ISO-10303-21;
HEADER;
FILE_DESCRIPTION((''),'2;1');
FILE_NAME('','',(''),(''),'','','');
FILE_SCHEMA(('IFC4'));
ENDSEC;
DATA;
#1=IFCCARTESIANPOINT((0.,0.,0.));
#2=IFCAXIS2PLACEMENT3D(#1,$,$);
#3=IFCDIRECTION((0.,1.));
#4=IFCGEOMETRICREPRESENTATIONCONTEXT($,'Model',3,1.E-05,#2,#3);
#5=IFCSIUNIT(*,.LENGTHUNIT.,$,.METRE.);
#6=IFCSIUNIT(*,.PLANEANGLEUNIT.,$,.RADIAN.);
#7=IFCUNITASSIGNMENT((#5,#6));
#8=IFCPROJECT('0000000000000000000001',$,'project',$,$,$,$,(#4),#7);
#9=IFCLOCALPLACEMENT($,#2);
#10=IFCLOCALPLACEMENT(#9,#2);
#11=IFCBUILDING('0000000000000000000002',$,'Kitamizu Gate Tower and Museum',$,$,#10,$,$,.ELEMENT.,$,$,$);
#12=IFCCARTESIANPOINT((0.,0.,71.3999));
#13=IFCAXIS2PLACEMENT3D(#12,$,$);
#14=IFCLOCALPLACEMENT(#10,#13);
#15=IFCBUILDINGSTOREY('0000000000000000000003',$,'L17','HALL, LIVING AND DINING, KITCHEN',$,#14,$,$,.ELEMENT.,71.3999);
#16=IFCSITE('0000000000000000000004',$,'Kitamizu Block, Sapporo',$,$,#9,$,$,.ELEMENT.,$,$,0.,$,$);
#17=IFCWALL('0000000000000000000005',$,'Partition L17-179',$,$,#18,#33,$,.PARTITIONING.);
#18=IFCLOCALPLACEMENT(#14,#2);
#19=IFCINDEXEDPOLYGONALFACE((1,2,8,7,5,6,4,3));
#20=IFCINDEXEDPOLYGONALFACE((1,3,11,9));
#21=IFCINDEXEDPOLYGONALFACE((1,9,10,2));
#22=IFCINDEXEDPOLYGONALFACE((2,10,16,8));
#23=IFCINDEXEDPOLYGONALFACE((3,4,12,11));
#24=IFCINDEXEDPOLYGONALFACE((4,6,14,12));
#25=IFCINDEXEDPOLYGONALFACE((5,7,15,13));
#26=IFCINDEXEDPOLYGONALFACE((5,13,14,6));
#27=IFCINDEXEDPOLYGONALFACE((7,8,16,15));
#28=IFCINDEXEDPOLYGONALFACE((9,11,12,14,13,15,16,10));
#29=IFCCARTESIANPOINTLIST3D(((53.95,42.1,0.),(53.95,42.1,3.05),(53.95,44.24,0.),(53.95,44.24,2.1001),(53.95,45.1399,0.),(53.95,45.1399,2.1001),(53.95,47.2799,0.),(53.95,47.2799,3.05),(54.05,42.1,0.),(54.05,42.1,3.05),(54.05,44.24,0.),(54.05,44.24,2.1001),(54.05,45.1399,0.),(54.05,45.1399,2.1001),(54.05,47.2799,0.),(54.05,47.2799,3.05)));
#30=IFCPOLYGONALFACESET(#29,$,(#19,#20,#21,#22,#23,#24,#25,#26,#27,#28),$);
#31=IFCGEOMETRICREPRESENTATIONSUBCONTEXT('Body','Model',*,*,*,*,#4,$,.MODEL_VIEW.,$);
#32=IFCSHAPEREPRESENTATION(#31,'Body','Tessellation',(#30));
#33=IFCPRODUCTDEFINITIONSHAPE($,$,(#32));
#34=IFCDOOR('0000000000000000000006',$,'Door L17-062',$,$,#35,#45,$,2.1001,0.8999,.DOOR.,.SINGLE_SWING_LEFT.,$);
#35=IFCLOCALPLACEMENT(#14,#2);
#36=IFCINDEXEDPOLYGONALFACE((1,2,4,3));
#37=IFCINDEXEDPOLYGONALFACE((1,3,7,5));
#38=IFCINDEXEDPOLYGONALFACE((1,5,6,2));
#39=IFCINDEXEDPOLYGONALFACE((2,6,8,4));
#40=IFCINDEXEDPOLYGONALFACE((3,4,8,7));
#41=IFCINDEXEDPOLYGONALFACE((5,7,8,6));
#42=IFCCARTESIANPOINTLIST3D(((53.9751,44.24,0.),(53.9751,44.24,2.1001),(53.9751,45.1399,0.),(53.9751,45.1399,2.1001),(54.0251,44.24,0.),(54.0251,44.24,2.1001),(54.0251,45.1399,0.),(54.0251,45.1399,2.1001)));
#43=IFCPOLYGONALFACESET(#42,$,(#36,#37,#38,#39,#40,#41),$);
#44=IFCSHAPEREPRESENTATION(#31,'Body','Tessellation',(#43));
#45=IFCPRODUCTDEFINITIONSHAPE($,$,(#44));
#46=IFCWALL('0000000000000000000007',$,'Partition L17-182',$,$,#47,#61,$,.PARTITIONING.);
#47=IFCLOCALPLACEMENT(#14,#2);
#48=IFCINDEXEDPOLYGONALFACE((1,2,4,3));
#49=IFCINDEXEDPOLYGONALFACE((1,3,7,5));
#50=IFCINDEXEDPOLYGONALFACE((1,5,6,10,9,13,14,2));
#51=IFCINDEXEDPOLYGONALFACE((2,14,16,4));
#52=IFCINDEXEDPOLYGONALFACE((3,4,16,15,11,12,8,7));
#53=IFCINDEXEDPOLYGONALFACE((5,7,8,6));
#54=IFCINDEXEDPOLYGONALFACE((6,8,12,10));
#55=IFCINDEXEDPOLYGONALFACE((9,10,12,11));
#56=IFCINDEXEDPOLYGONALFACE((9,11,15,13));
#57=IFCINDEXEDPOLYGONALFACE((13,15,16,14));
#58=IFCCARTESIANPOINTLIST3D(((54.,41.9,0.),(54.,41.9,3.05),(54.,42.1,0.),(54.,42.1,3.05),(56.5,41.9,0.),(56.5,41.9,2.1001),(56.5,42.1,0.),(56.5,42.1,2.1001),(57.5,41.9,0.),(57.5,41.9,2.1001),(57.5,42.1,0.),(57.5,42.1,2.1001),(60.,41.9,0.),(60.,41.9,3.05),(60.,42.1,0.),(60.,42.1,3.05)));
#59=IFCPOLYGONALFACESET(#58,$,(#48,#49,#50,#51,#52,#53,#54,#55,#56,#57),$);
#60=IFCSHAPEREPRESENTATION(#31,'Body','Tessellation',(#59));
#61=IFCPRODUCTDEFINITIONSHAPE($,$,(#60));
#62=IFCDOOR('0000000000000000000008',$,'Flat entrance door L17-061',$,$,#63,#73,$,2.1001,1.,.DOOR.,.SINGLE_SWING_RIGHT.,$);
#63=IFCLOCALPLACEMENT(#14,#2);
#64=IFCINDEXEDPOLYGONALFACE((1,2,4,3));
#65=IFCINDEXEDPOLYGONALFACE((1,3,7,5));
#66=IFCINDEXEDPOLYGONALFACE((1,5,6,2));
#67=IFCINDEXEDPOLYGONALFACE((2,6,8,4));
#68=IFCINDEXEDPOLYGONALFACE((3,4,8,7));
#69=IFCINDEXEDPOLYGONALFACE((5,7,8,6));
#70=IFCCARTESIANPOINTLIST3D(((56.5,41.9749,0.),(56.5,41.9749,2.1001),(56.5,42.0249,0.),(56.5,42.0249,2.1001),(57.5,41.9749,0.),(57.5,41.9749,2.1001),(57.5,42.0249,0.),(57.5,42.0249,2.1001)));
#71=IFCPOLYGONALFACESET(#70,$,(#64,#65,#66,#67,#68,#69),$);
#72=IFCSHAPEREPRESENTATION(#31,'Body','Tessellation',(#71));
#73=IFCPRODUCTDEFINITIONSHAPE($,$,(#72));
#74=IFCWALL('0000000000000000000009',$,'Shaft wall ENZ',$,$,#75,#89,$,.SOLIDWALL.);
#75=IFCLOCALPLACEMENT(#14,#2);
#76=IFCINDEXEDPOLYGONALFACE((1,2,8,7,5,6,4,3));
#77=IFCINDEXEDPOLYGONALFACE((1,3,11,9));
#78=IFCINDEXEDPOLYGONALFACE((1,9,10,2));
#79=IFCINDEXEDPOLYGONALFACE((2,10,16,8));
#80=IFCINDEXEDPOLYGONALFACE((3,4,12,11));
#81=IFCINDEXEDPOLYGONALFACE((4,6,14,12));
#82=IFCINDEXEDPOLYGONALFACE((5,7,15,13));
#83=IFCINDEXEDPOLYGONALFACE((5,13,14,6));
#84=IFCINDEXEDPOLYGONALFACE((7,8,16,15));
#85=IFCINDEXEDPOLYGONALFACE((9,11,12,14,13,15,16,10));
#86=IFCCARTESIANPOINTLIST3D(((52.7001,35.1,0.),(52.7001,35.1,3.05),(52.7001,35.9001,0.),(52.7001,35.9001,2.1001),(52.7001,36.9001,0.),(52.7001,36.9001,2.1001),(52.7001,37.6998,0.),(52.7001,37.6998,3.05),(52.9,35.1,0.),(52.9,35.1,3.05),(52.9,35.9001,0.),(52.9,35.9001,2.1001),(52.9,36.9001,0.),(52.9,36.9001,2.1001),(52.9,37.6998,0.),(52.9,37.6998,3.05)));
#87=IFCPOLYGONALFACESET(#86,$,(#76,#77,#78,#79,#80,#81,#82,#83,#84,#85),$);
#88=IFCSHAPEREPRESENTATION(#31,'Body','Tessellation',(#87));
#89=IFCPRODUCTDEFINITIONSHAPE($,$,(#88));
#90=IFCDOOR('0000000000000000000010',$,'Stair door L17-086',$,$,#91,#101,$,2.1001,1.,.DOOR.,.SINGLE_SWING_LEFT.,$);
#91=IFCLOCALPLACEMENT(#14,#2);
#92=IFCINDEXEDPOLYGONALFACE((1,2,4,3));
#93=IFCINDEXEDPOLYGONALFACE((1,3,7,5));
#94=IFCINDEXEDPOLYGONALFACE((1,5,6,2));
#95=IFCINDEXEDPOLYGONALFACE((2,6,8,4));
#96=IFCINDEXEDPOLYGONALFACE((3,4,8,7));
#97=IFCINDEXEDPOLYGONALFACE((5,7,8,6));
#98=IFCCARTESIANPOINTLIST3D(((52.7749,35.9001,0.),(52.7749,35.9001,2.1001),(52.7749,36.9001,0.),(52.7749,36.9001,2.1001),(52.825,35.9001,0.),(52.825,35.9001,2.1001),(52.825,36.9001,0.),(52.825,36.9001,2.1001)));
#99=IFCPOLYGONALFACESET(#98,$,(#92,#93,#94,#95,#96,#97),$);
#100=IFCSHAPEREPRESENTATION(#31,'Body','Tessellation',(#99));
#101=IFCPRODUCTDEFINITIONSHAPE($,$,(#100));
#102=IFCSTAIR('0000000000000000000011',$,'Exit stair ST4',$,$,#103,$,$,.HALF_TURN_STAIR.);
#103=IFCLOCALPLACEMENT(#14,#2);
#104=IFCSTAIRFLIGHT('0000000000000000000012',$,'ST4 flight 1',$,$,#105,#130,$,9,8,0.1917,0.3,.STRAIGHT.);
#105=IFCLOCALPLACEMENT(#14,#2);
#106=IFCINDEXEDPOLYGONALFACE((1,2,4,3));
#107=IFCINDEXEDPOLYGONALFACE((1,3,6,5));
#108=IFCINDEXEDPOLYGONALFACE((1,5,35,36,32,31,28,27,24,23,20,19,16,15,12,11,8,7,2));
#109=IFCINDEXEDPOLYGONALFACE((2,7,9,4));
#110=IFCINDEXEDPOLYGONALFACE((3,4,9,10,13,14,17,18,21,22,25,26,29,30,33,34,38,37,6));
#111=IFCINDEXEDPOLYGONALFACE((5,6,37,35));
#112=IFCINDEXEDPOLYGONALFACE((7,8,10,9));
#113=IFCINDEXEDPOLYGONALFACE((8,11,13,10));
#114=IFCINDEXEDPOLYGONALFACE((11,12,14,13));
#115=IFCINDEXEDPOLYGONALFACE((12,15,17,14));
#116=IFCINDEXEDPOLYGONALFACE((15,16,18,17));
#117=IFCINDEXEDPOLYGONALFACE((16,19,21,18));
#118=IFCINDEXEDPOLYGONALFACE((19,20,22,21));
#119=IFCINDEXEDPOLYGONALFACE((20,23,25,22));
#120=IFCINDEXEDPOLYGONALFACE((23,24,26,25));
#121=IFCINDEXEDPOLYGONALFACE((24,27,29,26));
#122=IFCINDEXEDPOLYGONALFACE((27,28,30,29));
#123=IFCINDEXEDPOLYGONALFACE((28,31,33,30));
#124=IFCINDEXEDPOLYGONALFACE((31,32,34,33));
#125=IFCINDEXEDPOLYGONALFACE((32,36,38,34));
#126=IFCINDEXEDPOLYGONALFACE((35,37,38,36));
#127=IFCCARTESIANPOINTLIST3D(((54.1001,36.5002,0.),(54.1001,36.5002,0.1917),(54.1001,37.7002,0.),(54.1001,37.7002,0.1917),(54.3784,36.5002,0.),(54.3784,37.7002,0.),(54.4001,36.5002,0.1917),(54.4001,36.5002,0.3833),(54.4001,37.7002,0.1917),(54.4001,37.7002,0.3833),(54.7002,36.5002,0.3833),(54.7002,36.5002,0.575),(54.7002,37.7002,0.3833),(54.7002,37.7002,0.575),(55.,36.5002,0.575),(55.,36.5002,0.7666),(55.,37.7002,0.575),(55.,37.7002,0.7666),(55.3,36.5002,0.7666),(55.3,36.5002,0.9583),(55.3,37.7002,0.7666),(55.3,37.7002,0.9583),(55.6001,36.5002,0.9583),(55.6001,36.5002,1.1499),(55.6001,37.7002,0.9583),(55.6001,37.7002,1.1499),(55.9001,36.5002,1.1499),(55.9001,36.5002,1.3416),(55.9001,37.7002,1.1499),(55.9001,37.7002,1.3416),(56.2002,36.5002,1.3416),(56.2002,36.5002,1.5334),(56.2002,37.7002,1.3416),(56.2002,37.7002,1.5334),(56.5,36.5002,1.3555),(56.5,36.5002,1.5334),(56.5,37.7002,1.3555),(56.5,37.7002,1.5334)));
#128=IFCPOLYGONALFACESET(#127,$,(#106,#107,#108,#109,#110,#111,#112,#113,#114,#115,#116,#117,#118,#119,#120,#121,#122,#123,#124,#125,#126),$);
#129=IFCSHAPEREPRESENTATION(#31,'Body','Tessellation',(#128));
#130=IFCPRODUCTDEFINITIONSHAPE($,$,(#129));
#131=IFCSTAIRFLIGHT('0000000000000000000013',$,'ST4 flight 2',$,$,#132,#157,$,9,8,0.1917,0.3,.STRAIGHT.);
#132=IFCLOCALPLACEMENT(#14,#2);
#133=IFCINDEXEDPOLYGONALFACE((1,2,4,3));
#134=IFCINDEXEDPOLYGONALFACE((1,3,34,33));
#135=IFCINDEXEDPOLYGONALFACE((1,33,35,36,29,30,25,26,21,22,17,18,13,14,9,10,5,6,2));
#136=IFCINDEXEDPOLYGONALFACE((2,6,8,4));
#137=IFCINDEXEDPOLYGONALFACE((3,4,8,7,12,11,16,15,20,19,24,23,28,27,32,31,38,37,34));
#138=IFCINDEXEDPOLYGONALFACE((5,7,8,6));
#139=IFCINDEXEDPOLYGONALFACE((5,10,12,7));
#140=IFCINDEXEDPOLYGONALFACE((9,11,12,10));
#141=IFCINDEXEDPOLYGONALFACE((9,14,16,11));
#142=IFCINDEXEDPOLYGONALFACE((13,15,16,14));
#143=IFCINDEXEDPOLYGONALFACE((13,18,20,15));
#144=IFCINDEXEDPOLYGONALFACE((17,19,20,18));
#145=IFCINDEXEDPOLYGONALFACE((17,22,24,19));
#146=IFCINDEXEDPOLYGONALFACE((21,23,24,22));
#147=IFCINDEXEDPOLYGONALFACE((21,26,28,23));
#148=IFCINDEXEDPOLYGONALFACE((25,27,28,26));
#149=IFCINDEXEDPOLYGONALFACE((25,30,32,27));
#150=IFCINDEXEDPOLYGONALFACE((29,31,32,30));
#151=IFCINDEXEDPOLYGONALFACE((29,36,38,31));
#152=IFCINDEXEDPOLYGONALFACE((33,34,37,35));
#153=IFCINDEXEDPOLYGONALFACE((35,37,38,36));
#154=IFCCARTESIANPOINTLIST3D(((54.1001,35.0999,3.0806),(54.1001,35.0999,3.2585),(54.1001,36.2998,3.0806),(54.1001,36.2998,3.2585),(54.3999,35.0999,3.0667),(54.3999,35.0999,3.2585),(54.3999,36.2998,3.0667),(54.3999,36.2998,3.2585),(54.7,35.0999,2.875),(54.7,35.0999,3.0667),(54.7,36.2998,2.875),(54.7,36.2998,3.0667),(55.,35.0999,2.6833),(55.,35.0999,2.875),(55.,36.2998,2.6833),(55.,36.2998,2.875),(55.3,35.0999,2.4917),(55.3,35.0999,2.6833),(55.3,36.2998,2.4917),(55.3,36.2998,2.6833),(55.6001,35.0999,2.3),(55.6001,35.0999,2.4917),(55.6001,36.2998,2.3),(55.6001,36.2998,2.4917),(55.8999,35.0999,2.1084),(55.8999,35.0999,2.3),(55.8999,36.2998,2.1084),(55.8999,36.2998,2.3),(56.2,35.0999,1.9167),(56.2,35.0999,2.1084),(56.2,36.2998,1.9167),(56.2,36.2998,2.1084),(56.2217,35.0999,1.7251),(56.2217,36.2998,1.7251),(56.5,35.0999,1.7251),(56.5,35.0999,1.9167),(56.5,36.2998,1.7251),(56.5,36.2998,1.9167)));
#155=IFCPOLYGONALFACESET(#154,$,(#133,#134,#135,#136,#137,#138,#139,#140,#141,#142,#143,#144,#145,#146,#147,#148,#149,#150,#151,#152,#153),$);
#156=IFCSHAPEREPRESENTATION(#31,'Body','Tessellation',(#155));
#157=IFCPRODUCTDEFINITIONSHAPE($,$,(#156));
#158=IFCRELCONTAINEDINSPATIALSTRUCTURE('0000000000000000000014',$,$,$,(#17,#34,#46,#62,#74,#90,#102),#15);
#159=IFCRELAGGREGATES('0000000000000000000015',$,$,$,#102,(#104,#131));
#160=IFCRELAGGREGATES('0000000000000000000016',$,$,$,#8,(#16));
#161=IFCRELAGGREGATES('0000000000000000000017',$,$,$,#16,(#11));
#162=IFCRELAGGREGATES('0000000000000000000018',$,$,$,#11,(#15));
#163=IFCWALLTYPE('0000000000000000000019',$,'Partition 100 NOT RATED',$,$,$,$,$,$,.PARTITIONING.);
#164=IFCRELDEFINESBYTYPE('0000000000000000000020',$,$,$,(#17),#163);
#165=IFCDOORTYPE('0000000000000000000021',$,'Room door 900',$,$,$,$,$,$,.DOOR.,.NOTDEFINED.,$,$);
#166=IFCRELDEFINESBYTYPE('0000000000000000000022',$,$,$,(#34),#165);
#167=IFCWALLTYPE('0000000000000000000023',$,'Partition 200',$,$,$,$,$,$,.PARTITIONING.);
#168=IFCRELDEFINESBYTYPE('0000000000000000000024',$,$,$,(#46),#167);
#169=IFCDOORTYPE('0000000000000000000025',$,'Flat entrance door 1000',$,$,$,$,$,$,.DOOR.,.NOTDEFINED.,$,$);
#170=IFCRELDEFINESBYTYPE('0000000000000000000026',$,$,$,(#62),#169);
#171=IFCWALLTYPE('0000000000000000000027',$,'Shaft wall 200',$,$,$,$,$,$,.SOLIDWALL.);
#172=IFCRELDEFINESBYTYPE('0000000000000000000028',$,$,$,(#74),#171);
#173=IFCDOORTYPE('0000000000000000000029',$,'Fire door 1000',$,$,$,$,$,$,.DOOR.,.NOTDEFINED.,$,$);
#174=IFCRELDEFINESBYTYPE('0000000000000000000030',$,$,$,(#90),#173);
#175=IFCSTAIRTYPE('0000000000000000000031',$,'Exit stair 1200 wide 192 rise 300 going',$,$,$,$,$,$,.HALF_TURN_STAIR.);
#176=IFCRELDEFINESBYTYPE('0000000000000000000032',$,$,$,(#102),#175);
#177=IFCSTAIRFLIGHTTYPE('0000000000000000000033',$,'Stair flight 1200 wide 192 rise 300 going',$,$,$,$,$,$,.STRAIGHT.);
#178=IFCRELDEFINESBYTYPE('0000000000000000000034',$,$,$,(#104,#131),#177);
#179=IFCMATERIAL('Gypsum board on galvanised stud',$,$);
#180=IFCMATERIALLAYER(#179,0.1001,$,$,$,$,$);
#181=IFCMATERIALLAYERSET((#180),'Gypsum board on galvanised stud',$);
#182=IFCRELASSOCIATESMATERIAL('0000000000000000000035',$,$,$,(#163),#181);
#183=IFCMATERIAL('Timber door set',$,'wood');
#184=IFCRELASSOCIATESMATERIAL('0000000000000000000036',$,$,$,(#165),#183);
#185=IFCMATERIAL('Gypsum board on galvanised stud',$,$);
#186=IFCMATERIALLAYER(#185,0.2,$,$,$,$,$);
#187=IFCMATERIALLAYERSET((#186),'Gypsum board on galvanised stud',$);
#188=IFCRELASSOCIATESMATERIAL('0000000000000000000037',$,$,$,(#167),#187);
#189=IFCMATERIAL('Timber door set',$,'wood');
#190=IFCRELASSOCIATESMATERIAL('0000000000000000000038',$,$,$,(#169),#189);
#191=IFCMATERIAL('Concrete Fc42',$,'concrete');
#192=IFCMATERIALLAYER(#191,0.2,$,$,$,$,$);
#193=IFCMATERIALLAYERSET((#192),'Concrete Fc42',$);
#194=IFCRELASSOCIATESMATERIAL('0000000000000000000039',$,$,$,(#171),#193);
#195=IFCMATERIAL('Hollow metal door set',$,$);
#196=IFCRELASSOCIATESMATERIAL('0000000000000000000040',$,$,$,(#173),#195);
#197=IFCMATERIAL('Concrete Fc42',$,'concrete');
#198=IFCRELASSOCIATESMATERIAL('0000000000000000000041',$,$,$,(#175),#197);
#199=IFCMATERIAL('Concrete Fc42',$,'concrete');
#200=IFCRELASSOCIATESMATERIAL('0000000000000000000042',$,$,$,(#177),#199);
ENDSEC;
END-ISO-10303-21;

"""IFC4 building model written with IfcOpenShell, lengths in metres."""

from ifc_helpers import new_model, si_unit, direction, frame, frame_2d, origin, place, context, subcontext, project, spatial, polyline, rectangle, outline, extrude, material, layer, layer_set, type_object, element, fill, aggregate, save


model = new_model("IFC4")

# Units and contexts
model_context = context("Model", 3, precision=1e-05, world=origin(), true_north=direction((0.0, 1.0)))
body_context = subcontext(model_context, "Body", "Model", "MODEL_VIEW")
ifc_project = project(units=[si_unit("LENGTHUNIT", "METRE"), si_unit("PLANEANGLEUNIT", "RADIAN")], contexts=[model_context])

# Site, building, storey
site_placement = place(None, origin())
site = spatial("IfcSite", under=ifc_project, at=site_placement, Name="Kitamizu Block, Sapporo", CompositionType="ELEMENT", RefElevation=0.0)
building_placement = place(site_placement, origin())
building = spatial("IfcBuilding", under=site, at=building_placement, Name="Kitamizu Gate Tower and Museum", CompositionType="ELEMENT")
storey_placement = place(building_placement, frame((0.0, 0.0, 71.3999)))
storey = spatial("IfcBuildingStorey", under=building, at=storey_placement, Name="L17", Description="HALL, LIVING AND DINING, KITCHEN", CompositionType="ELEMENT", Elevation=71.3999)

# Walls, openings, doors
ifc_material_1 = material(Name="Gypsum board on galvanised stud")
ifc_layer_1 = layer(ifc_material_1, 0.1001)
ifc_layer_set_1 = layer_set([ifc_layer_1], Name="Gypsum board on galvanised stud")
wall_type_1 = type_object("IfcWallType", Name="Partition 100 NOT RATED", PredefinedType="PARTITIONING", material=ifc_layer_set_1)
ifc_material_2 = material(Name="Timber door set", Category="wood")
door_type_1 = type_object("IfcDoorType", Name="Room door 900", OperationType="NOTDEFINED", PredefinedType="DOOR", material=ifc_material_2)
wall_1_placement = place(storey_placement, frame((54.0, 42.1001, 0.0), z_axis=(0.0, 0.0, 1.0), x_axis=(0.0, 1.0, 0.0)))
wall_1 = element("IfcWall", 1, at=wall_1_placement, inside=storey, type_object=wall_type_1, Name="Partition L17-179", PredefinedType="PARTITIONING", context=body_context, shape_type="SweptSolid", body=[
    extrude(rectangle(XDim=5.1799, YDim=0.1001, at=frame_2d((2.5898, 0.0))), origin(), (0.0, 0.0, 1.0), 3.05),
])
opening_1_placement = place(wall_1_placement, frame((2.1399, 0.0, 0.0)))
opening_1 = element("IfcOpeningElement", 2, at=opening_1_placement, cuts=wall_1, PredefinedType="OPENING", context=body_context, shape_type="SweptSolid", body=[
    extrude(rectangle(XDim=0.8999, YDim=2.1001, at=frame_2d((0.45, 1.05))), frame((0.0, 0.0601, 0.0), z_axis=(0.0, -1.0, 0.0), x_axis=(1.0, 0.0, 0.0)), (0.0, 0.0, 1.0), 0.1201),
])
door_1_placement = place(opening_1_placement, origin())
door_1 = element("IfcDoor", 3, at=door_1_placement, inside=storey, type_object=door_type_1, Name="Door L17-062", OperationType="SINGLE_SWING_LEFT", OverallHeight=2.1001, OverallWidth=0.8999, PredefinedType="DOOR", context=body_context, shape_type="SweptSolid", body=[
    extrude(rectangle(XDim=0.8999, YDim=2.1001, at=frame_2d((0.45, 1.05))), frame((0.0, 0.0249, 0.0), z_axis=(0.0, -1.0, 0.0), x_axis=(1.0, 0.0, 0.0)), (0.0, 0.0, 1.0), 0.05),
])
fill(opening_1, door_1)
ifc_material_3 = material(Name="Gypsum board on galvanised stud")
ifc_layer_2 = layer(ifc_material_3, 0.2)
ifc_layer_set_2 = layer_set([ifc_layer_2], Name="Gypsum board on galvanised stud")
wall_type_2 = type_object("IfcWallType", Name="Partition 200", PredefinedType="PARTITIONING", material=ifc_layer_set_2)
wall_2_placement = place(storey_placement, frame((54.0, 42.0, 0.0), z_axis=(0.0, 0.0, 1.0), x_axis=(1.0, 0.0, 0.0)))
wall_2 = element("IfcWall", 4, at=wall_2_placement, inside=storey, type_object=wall_type_2, Name="Partition L17-182", PredefinedType="PARTITIONING", context=body_context, shape_type="SweptSolid", body=[
    extrude(rectangle(XDim=6.0, YDim=0.2, at=frame_2d((3.0, 0.0))), origin(), (0.0, 0.0, 1.0), 3.05),
])
opening_2_placement = place(wall_2_placement, frame((2.5, 0.0, 0.0)))
opening_2 = element("IfcOpeningElement", 5, at=opening_2_placement, cuts=wall_2, PredefinedType="OPENING", context=body_context, shape_type="SweptSolid", body=[
    extrude(rectangle(XDim=1.0, YDim=2.1001, at=frame_2d((0.5, 1.05))), frame((0.0, 0.1099, 0.0), z_axis=(0.0, -1.0, 0.0), x_axis=(1.0, 0.0, 0.0)), (0.0, 0.0, 1.0), 0.22),
])
ifc_material_4 = material(Name="Timber door set", Category="wood")
door_type_2 = type_object("IfcDoorType", Name="Flat entrance door 1000", OperationType="NOTDEFINED", PredefinedType="DOOR", material=ifc_material_4)
door_2_placement = place(opening_2_placement, origin())
door_2 = element("IfcDoor", 6, at=door_2_placement, inside=storey, type_object=door_type_2, Name="Flat entrance door L17-061", OperationType="SINGLE_SWING_RIGHT", OverallHeight=2.1001, OverallWidth=1.0, PredefinedType="DOOR", context=body_context, shape_type="SweptSolid", body=[
    extrude(rectangle(XDim=1.0, YDim=2.1001, at=frame_2d((0.5, 1.05))), frame((0.0, 0.0249, 0.0), z_axis=(0.0, -1.0, 0.0), x_axis=(1.0, 0.0, 0.0)), (0.0, 0.0, 1.0), 0.05),
])
fill(opening_2, door_2)
ifc_material_5 = material(Name="Concrete Fc42", Category="concrete")
ifc_layer_3 = layer(ifc_material_5, 0.2)
ifc_layer_set_3 = layer_set([ifc_layer_3], Name="Concrete Fc42")
wall_type_3 = type_object("IfcWallType", Name="Shaft wall 200", PredefinedType="SOLIDWALL", material=ifc_layer_set_3)
wall_3_placement = place(storey_placement, frame((52.8, 35.1001, 0.0), z_axis=(0.0, 0.0, 1.0), x_axis=(0.0, 1.0, 0.0)))
wall_3 = element("IfcWall", 7, at=wall_3_placement, inside=storey, type_object=wall_type_3, Name="Shaft wall ENZ", PredefinedType="SOLIDWALL", context=body_context, shape_type="SweptSolid", body=[
    extrude(rectangle(XDim=2.5999, YDim=0.2, at=frame_2d((1.2998, 0.0))), origin(), (0.0, 0.0, 1.0), 3.05),
])
opening_3_placement = place(wall_3_placement, frame((0.8, 0.0, 0.0)))
opening_3 = element("IfcOpeningElement", 8, at=opening_3_placement, cuts=wall_3, PredefinedType="OPENING", context=body_context, shape_type="SweptSolid", body=[
    extrude(rectangle(XDim=1.0, YDim=2.1001, at=frame_2d((0.5, 1.05))), frame((0.0, 0.1099, 0.0), z_axis=(0.0, -1.0, 0.0), x_axis=(1.0, 0.0, 0.0)), (0.0, 0.0, 1.0), 0.22),
])
ifc_material_6 = material(Name="Hollow metal door set")
door_type_3 = type_object("IfcDoorType", Name="Fire door 1000", OperationType="NOTDEFINED", PredefinedType="DOOR", material=ifc_material_6)
door_3_placement = place(opening_3_placement, frame((1.0, 0.0, 0.0), x_axis=(-1.0, 0.0, 0.0)))
door_3 = element("IfcDoor", 9, at=door_3_placement, inside=storey, type_object=door_type_3, Name="Stair door L17-086", OperationType="SINGLE_SWING_LEFT", OverallHeight=2.1001, OverallWidth=1.0, PredefinedType="DOOR", context=body_context, shape_type="SweptSolid", body=[
    extrude(rectangle(XDim=1.0, YDim=2.1001, at=frame_2d((0.5, 1.05))), frame((0.0, 0.0249, 0.0), z_axis=(0.0, -1.0, 0.0), x_axis=(1.0, 0.0, 0.0)), (0.0, 0.0, 1.0), 0.05),
])
fill(opening_3, door_3)

# Stair, stair flights
ifc_material_7 = material(Name="Concrete Fc42", Category="concrete")
stair_type = type_object("IfcStairType", Name="Exit stair 1200 wide 192 rise 300 going", PredefinedType="HALF_TURN_STAIR", material=ifc_material_7)
stair_placement = place(storey_placement, origin())
stair = element("IfcStair", 10, at=stair_placement, inside=storey, type_object=stair_type, Name="Exit stair ST4", PredefinedType="HALF_TURN_STAIR")
ifc_material_8 = material(Name="Concrete Fc42", Category="concrete")
stair_flight_type = type_object("IfcStairFlightType", Name="Stair flight 1200 wide 192 rise 300 going", PredefinedType="STRAIGHT", material=ifc_material_8)
stair_flight_1_placement = place(storey_placement, frame((54.1001, 37.1001, 0.0), z_axis=(0.0, 0.0, 1.0), x_axis=(1.0, 0.0, 0.0)))
stair_flight_1 = element("IfcStairFlight", 11, at=stair_flight_1_placement, type_object=stair_flight_type, Name="ST4 flight 1", NumberOfRisers=9, NumberOfTreads=8, PredefinedType="STRAIGHT", RiserHeight=0.1917, TreadLength=0.3, context=body_context, shape_type="SweptSolid", body=[
    extrude(outline(polyline([(0.0, 0.0), (0.0, 0.1917), (0.3, 0.1917), (0.3, 0.3833), (0.6001, 0.3833), (0.6001, 0.575), (0.8999, 0.575), (0.8999, 0.7666), (1.2, 0.7666), (1.2, 0.9583), (1.5, 0.9583), (1.5, 1.1499), (1.8, 1.1499), (1.8, 1.3416), (2.1001, 1.3416), (2.1001, 1.5334), (2.3999, 1.5334), (2.3999, 1.7251), (2.3999, 1.3555), (0.2783, 0.0), (0.0, 0.0)])), frame((0.0, 0.6001, 0.0), z_axis=(0.0, -1.0, 0.0), x_axis=(1.0, 0.0, 0.0)), (0.0, 0.0, 1.0), 1.2),
])
stair_flight_2_placement = place(storey_placement, frame((56.5, 35.7, 1.7251), z_axis=(0.0, 0.0, 1.0), x_axis=(-1.0, 0.0, 0.0)))
stair_flight_2 = element("IfcStairFlight", 12, at=stair_flight_2_placement, type_object=stair_flight_type, Name="ST4 flight 2", NumberOfRisers=9, NumberOfTreads=8, PredefinedType="STRAIGHT", RiserHeight=0.1917, TreadLength=0.3, context=body_context, shape_type="SweptSolid", body=[
    extrude(outline(polyline([(0.0, 0.0), (0.0, 0.1917), (0.3, 0.1917), (0.3, 0.3833), (0.6001, 0.3833), (0.6001, 0.575), (0.8999, 0.575), (0.8999, 0.7666), (1.2, 0.7666), (1.2, 0.9583), (1.5, 0.9583), (1.5, 1.1499), (1.8, 1.1499), (1.8, 1.3416), (2.1001, 1.3416), (2.1001, 1.5334), (2.3999, 1.5334), (2.3999, 1.7251), (2.3999, 1.3555), (0.2783, 0.0), (0.0, 0.0)])), frame((0.0, 0.6001, 0.0), z_axis=(0.0, -1.0, 0.0), x_axis=(1.0, 0.0, 0.0)), (0.0, 0.0, 1.0), 1.2),
])
aggregate(stair, [stair_flight_1, stair_flight_2])

save(model, "model.ifc")
